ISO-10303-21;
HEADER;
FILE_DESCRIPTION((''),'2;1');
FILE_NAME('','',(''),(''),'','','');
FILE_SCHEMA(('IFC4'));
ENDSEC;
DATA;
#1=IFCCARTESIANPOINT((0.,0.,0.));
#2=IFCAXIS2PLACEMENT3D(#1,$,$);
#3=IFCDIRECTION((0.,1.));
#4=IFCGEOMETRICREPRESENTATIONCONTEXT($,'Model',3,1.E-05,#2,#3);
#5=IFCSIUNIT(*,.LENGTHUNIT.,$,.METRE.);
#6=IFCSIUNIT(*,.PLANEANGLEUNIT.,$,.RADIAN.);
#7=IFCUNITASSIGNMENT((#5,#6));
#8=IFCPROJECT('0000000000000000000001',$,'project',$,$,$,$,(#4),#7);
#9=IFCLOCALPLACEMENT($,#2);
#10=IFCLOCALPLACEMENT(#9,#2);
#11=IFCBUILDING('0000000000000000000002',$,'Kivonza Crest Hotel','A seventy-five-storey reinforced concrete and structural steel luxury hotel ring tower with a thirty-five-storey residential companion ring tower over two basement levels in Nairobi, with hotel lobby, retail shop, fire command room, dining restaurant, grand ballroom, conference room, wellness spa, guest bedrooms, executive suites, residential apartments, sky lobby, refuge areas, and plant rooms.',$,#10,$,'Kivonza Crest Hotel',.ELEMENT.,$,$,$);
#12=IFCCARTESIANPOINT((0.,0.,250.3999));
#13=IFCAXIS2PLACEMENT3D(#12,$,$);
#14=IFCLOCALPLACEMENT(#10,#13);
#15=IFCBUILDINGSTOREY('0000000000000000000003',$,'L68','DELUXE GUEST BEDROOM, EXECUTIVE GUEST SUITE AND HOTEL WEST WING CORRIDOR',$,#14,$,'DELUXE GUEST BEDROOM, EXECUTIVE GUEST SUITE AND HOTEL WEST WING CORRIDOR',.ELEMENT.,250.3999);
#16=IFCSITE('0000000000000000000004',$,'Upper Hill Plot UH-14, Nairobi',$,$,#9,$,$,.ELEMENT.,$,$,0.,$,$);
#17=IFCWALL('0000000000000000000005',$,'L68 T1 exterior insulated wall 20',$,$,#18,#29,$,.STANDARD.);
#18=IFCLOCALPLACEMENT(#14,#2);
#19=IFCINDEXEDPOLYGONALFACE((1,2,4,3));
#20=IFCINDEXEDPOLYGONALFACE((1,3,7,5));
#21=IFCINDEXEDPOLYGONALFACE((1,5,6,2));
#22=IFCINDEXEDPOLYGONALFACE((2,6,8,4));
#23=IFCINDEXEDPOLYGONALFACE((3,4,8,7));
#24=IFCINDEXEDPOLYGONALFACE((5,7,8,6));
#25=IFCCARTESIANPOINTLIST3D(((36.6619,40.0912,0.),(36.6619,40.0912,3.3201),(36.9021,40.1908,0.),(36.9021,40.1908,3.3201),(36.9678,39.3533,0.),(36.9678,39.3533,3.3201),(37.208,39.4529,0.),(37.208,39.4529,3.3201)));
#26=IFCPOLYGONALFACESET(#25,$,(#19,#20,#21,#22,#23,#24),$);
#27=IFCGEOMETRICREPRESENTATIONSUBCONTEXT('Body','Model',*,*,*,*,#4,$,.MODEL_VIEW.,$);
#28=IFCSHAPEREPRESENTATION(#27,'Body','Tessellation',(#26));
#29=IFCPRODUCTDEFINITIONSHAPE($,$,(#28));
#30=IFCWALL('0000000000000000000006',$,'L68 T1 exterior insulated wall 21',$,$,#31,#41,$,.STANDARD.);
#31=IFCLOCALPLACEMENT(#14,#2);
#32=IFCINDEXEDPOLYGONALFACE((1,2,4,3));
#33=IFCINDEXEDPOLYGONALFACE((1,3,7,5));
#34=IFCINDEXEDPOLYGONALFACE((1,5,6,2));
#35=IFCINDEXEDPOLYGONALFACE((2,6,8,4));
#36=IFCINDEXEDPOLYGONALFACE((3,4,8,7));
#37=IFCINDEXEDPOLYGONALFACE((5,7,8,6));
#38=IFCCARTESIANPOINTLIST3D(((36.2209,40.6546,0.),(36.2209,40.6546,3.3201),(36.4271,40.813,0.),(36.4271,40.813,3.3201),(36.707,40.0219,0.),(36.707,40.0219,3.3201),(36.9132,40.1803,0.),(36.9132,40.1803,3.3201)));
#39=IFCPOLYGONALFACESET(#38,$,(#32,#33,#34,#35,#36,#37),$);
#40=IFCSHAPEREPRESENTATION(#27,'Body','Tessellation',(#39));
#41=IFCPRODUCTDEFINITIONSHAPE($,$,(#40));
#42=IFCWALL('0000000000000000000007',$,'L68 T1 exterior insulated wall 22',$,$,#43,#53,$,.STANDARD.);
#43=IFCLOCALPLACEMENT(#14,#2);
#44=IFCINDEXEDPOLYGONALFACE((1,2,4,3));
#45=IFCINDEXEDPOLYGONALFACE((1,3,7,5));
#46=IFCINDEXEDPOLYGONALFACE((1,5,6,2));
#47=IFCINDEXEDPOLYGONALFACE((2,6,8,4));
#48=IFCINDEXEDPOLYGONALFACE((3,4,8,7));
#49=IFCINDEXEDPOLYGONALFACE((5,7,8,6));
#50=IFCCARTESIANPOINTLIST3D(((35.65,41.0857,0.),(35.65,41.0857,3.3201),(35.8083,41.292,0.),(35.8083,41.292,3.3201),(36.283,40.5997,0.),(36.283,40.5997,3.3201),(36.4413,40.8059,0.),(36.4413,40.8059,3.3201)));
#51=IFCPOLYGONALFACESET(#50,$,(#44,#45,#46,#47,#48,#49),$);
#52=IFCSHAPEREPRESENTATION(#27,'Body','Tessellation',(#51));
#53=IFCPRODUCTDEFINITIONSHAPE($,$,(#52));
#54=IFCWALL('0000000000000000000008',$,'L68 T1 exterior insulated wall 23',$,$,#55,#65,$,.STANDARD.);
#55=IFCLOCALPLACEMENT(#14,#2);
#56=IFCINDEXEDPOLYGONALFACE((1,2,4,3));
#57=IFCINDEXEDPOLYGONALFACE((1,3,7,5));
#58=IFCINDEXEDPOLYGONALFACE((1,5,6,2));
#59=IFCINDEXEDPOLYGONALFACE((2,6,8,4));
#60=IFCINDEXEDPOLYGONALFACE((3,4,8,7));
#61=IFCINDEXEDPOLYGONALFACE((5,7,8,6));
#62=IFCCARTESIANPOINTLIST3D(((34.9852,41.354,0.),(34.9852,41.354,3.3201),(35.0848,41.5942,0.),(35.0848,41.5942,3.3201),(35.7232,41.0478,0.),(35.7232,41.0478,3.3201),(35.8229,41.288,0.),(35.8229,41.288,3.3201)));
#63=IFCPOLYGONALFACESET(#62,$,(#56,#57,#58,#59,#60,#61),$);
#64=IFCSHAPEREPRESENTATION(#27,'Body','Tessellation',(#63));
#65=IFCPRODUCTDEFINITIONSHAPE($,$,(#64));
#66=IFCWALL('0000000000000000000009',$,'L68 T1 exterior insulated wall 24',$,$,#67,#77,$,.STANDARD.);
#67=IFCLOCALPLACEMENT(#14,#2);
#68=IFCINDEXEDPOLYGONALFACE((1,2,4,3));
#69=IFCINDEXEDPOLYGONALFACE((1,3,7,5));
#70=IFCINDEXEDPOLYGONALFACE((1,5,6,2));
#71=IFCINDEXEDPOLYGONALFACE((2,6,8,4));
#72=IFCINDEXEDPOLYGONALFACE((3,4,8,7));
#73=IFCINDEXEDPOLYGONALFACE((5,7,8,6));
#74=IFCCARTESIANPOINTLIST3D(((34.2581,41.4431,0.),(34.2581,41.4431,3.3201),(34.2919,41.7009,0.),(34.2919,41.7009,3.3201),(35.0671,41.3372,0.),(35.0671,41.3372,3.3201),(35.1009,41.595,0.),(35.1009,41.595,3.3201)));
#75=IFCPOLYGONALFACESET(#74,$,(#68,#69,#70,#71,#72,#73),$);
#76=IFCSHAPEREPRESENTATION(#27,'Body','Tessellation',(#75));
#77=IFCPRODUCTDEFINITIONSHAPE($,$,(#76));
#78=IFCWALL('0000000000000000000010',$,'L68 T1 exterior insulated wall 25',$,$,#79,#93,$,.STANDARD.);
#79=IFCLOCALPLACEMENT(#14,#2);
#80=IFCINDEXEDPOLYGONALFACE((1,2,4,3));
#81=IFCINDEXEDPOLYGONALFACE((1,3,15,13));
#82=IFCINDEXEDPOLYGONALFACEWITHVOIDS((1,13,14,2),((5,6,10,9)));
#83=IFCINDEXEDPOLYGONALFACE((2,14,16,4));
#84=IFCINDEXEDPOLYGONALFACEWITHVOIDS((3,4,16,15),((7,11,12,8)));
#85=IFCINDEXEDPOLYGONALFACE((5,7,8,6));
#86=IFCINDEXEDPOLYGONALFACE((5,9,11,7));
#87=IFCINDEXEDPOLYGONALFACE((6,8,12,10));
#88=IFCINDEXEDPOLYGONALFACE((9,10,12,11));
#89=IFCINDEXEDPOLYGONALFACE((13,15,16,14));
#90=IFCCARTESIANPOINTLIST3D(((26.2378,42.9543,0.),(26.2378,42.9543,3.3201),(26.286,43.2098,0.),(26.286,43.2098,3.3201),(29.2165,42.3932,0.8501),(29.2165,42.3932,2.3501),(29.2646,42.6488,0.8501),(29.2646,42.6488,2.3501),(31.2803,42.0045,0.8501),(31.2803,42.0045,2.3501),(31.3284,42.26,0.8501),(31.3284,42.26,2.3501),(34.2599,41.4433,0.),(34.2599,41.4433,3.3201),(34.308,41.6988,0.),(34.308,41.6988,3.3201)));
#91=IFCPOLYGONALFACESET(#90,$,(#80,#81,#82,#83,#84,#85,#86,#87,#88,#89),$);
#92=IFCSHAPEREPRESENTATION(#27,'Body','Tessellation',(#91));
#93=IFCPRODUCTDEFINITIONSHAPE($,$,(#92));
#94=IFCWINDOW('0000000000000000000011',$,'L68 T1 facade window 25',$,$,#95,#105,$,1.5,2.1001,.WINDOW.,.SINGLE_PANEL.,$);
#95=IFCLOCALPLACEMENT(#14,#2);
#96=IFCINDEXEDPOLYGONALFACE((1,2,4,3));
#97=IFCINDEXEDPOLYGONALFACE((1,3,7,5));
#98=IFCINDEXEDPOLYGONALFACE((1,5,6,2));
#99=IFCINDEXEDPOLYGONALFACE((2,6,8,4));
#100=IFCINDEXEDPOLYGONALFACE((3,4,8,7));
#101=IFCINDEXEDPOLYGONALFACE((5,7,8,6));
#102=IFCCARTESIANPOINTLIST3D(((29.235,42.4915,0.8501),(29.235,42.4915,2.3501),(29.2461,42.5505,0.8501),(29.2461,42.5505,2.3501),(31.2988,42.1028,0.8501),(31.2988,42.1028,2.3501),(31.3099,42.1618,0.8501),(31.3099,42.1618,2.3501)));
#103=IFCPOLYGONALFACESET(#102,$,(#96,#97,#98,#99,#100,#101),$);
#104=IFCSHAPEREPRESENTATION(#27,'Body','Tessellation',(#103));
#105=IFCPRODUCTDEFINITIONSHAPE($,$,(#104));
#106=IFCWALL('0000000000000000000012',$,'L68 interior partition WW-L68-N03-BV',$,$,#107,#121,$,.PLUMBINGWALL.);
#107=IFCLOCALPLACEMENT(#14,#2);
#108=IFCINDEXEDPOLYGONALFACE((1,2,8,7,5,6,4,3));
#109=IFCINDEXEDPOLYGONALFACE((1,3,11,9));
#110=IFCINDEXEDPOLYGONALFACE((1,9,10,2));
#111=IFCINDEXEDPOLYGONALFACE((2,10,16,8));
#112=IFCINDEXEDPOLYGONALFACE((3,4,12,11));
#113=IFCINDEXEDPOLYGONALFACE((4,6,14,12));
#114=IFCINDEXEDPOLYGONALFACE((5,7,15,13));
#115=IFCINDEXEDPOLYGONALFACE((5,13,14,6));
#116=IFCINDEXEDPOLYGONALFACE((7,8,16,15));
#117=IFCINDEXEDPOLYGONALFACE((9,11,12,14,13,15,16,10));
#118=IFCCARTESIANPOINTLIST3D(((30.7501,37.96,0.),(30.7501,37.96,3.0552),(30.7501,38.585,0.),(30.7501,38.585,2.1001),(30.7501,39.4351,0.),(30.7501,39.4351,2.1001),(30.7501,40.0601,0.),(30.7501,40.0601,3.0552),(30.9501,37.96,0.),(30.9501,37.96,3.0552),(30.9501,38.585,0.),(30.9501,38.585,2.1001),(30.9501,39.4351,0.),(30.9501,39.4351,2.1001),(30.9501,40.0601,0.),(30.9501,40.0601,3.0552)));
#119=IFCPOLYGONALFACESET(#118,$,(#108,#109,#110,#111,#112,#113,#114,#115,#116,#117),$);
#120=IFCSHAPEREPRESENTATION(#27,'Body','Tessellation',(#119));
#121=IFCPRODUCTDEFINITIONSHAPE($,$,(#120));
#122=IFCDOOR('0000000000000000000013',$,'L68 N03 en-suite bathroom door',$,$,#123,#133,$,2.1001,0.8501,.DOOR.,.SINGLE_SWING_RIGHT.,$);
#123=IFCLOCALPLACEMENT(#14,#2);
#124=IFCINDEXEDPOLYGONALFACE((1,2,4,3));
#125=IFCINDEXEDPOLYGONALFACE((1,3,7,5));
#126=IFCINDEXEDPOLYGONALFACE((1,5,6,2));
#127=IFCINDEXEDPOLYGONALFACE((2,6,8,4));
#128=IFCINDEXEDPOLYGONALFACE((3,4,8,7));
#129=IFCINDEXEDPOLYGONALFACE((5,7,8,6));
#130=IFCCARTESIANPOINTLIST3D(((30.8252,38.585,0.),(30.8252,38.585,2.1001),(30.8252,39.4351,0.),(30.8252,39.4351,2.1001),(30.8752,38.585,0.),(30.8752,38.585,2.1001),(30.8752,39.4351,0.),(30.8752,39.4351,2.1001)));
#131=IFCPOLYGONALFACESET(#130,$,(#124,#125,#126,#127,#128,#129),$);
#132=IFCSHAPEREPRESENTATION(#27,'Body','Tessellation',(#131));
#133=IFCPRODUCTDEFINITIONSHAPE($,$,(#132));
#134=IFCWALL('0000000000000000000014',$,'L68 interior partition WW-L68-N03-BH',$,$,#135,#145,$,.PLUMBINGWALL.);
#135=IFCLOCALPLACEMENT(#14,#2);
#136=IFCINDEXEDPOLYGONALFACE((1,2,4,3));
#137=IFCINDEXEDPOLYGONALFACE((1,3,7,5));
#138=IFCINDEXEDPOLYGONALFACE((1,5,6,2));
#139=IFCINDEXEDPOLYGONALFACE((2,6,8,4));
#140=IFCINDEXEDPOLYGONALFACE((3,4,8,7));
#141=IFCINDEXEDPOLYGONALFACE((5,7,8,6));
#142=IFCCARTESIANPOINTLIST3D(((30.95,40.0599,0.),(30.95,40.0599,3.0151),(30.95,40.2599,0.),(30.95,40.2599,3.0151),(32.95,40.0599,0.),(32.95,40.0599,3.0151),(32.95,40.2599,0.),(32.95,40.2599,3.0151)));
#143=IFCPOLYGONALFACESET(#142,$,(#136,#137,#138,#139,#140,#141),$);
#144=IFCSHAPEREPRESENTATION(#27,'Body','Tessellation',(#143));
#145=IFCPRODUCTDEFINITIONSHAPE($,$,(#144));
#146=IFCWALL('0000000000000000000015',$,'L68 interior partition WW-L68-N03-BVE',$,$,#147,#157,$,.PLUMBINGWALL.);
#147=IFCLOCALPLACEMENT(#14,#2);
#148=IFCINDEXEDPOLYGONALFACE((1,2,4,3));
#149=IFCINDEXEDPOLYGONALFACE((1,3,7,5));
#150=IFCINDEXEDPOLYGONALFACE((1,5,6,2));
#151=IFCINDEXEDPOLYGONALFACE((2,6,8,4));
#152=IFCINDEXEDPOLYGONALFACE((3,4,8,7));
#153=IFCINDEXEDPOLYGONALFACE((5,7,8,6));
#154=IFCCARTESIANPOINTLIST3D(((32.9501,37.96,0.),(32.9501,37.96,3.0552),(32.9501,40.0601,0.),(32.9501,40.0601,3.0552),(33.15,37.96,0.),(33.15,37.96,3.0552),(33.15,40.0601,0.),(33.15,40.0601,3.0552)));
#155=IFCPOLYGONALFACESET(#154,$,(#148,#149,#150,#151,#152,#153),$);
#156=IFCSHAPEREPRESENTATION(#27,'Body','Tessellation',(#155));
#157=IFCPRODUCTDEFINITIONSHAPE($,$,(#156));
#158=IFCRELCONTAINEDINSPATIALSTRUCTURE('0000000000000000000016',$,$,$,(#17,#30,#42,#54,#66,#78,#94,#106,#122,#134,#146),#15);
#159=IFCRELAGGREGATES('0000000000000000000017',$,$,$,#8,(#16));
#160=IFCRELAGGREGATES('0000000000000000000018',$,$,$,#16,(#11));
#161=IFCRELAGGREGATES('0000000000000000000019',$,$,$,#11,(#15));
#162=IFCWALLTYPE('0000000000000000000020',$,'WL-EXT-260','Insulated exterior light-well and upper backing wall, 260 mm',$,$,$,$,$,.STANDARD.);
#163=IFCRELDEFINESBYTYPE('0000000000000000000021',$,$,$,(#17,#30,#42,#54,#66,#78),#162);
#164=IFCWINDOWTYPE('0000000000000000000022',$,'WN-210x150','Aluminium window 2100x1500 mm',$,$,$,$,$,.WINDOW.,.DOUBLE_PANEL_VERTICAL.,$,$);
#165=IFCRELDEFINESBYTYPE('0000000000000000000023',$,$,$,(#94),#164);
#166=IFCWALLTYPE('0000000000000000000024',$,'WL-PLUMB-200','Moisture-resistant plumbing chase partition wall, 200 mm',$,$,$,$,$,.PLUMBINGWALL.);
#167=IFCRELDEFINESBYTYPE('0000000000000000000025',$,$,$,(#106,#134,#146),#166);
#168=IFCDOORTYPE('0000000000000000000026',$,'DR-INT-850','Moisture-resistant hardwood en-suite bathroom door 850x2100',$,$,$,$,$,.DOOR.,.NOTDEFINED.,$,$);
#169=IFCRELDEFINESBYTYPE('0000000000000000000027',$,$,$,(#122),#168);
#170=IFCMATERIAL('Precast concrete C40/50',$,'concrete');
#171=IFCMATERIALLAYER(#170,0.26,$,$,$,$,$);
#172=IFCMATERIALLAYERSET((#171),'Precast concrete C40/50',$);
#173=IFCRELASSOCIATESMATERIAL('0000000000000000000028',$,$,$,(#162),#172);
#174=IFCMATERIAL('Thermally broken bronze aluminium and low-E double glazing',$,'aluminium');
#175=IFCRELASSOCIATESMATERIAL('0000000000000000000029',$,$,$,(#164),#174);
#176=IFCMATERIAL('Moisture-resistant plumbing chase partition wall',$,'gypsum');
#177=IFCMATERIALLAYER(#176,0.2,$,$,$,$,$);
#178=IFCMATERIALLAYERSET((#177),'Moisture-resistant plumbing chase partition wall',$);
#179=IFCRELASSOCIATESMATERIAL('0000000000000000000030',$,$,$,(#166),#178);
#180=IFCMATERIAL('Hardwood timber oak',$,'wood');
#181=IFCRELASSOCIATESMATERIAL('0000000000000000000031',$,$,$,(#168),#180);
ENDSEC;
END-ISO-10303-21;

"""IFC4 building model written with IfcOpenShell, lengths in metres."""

from ifc_helpers import new_model, si_unit, direction, frame, frame_2d, origin, place, context, subcontext, project, spatial, rectangle, extrude, material, layer, layer_set, type_object, element, fill, save


model = new_model("IFC4")

# Units and contexts
model_context = context("Model", 3, precision=1e-05, world=origin(), true_north=direction((0.0, 1.0)))
body_context = subcontext(model_context, "Body", "Model", "MODEL_VIEW")
ifc_project = project(units=[si_unit("LENGTHUNIT", "METRE"), si_unit("PLANEANGLEUNIT", "RADIAN")], contexts=[model_context])

# Site, building, storey
site_placement = place(None, origin())
site = spatial("IfcSite", under=ifc_project, at=site_placement, Name="Upper Hill Plot UH-14, Nairobi", CompositionType="ELEMENT", RefElevation=0.0)
building_placement = place(site_placement, origin())
building = spatial("IfcBuilding", under=site, at=building_placement, Name="Kivonza Crest Hotel", Description="A seventy-five-storey reinforced concrete and structural steel luxury hotel ring tower with a thirty-five-storey residential companion ring tower over two basement levels in Nairobi, with hotel lobby, retail shop, fire command room, dining restaurant, grand ballroom, conference room, wellness spa, guest bedrooms, executive suites, residential apartments, sky lobby, refuge areas, and plant rooms.", LongName="Kivonza Crest Hotel", CompositionType="ELEMENT")
storey_placement = place(building_placement, frame((0.0, 0.0, 250.3999)))
storey = spatial("IfcBuildingStorey", under=building, at=storey_placement, Name="L68", Description="DELUXE GUEST BEDROOM, EXECUTIVE GUEST SUITE AND HOTEL WEST WING CORRIDOR", LongName="DELUXE GUEST BEDROOM, EXECUTIVE GUEST SUITE AND HOTEL WEST WING CORRIDOR", CompositionType="ELEMENT", Elevation=250.3999)

# Shared definitions
ifc_material_1 = material(Name="Hardwood timber oak", Category="wood")

# Walls
ifc_material_2 = material(Name="Precast concrete C40/50", Category="concrete")
ifc_layer_1 = layer(ifc_material_2, 0.26)
ifc_layer_set_1 = layer_set([ifc_layer_1], Name="Precast concrete C40/50")
wall_type_1 = type_object("IfcWallType", Name="WL-EXT-260", Description="Insulated exterior light-well and upper backing wall, 260 mm", PredefinedType="STANDARD", material=ifc_layer_set_1)
wall_1_placement = place(storey_placement, frame((37.0879, 39.4031, 0.0), z_axis=(0.0, 0.0, 1.0), x_axis=(-0.382901, 0.92379, 0.0)))
element("IfcWall", 1, at=wall_1_placement, inside=storey, type_object=wall_type_1, Name="L68 T1 exterior insulated wall 20", PredefinedType="STANDARD", context=body_context, shape_type="SweptSolid", body=[
    extrude(rectangle(XDim=0.7988, YDim=0.26, at=frame_2d((0.3994, 0.0))), origin(), (0.0, 0.0, 1.0), 3.3201),
])
wall_2_placement = place(storey_placement, frame((36.8101, 40.1011, 0.0), z_axis=(0.0, 0.0, 1.0), x_axis=(-0.609164, 0.793045, 0.0)))
element("IfcWall", 2, at=wall_2_placement, inside=storey, type_object=wall_type_1, Name="L68 T1 exterior insulated wall 21", PredefinedType="STANDARD", context=body_context, shape_type="SweptSolid", body=[
    extrude(rectangle(XDim=0.7979, YDim=0.26, at=frame_2d((0.3989, 0.0))), origin(), (0.0, 0.0, 1.0), 3.3201),
])
wall_3_placement = place(storey_placement, frame((36.3621, 40.7029, 0.0), z_axis=(0.0, 0.0, 1.0), x_axis=(-0.793158, 0.609016, 0.0)))
element("IfcWall", 3, at=wall_3_placement, inside=storey, type_object=wall_type_1, Name="L68 T1 exterior insulated wall 22", PredefinedType="STANDARD", context=body_context, shape_type="SweptSolid", body=[
    extrude(rectangle(XDim=0.7981, YDim=0.26, at=frame_2d((0.3989, 0.0))), origin(), (0.0, 0.0, 1.0), 3.3201),
])
wall_4_placement = place(storey_placement, frame((35.7729, 41.168, 0.0), z_axis=(0.0, 0.0, 1.0), x_axis=(-0.923681, 0.383161, 0.0)))
element("IfcWall", 4, at=wall_4_placement, inside=storey, type_object=wall_type_1, Name="L68 T1 exterior insulated wall 23", PredefinedType="STANDARD", context=body_context, shape_type="SweptSolid", body=[
    extrude(rectangle(XDim=0.7991, YDim=0.26, at=frame_2d((0.3994, 0.0))), origin(), (0.0, 0.0, 1.0), 3.3201),
])
wall_5_placement = place(storey_placement, frame((35.084, 41.4661, 0.0), z_axis=(0.0, 0.0, 1.0), x_axis=(-0.991534, 0.129851, 0.0)))
element("IfcWall", 5, at=wall_5_placement, inside=storey, type_object=wall_type_1, Name="L68 T1 exterior insulated wall 24", PredefinedType="STANDARD", context=body_context, shape_type="SweptSolid", body=[
    extrude(rectangle(XDim=0.8159, YDim=0.26, at=frame_2d((0.408, 0.0))), origin(), (0.0, 0.0, 1.0), 3.3201),
])

# Wall, opening, window
wall_6_placement = place(storey_placement, frame((34.2839, 41.571, 0.0), z_axis=(0.0, 0.0, 1.0), x_axis=(-0.982719, 0.185101, 0.0)))
wall_6 = element("IfcWall", 6, at=wall_6_placement, inside=storey, type_object=wall_type_1, Name="L68 T1 exterior insulated wall 25", PredefinedType="STANDARD", context=body_context, shape_type="SweptSolid", body=[
    extrude(rectangle(XDim=8.1631, YDim=0.26, at=frame_2d((4.0815, 0.0))), origin(), (0.0, 0.0, 1.0), 3.3201),
])
opening_1_placement = place(wall_6_placement, frame((3.032, 0.0, 0.8501)))
opening_1 = element("IfcOpeningElement", 7, at=opening_1_placement, cuts=wall_6, PredefinedType="OPENING", context=body_context, shape_type="SweptSolid", body=[
    extrude(rectangle(XDim=2.1001, YDim=1.5, at=frame_2d((1.05, 0.75))), frame((0.0, 0.1401, 0.0), z_axis=(0.0, -1.0, 0.0), x_axis=(1.0, 0.0, 0.0)), (0.0, 0.0, 1.0), 0.28),
])
ifc_material_3 = material(Name="Thermally broken bronze aluminium and low-E double glazing", Category="aluminium")
window_type = type_object("IfcWindowType", Name="WN-210x150", Description="Aluminium window 2100x1500 mm", PartitioningType="DOUBLE_PANEL_VERTICAL", PredefinedType="WINDOW", material=ifc_material_3)
window_placement = place(opening_1_placement, origin())
window = element("IfcWindow", 8, at=window_placement, inside=storey, type_object=window_type, Name="L68 T1 facade window 25", OverallHeight=1.5, OverallWidth=2.1001, PartitioningType="SINGLE_PANEL", PredefinedType="WINDOW", context=body_context, shape_type="SweptSolid", body=[
    extrude(rectangle(XDim=2.1001, YDim=1.5, at=frame_2d((1.05, 0.75))), frame((0.0, 0.03, 0.0), z_axis=(0.0, -1.0, 0.0), x_axis=(1.0, 0.0, 0.0)), (0.0, 0.0, 1.0), 0.0601),
])
fill(opening_1, window)

# Wall, opening, door
ifc_material_4 = material(Name="Moisture-resistant plumbing chase partition wall", Category="gypsum")
ifc_layer_2 = layer(ifc_material_4, 0.2)
ifc_layer_set_2 = layer_set([ifc_layer_2], Name="Moisture-resistant plumbing chase partition wall")
wall_type_2 = type_object("IfcWallType", Name="WL-PLUMB-200", Description="Moisture-resistant plumbing chase partition wall, 200 mm", PredefinedType="PLUMBINGWALL", material=ifc_layer_set_2)
wall_7_placement = place(storey_placement, frame((30.8501, 37.96, 0.0), z_axis=(0.0, 0.0, 1.0), x_axis=(0.0, 1.0, 0.0)))
wall_7 = element("IfcWall", 9, at=wall_7_placement, inside=storey, type_object=wall_type_2, Name="L68 interior partition WW-L68-N03-BV", PredefinedType="PLUMBINGWALL", context=body_context, shape_type="SweptSolid", body=[
    extrude(rectangle(XDim=2.1001, YDim=0.2, at=frame_2d((1.05, 0.0))), origin(), (0.0, 0.0, 1.0), 3.0552),
])
opening_2_placement = place(wall_7_placement, frame((0.625, 0.0, 0.0)))
opening_2 = element("IfcOpeningElement", 10, at=opening_2_placement, cuts=wall_7, PredefinedType="OPENING", context=body_context, shape_type="SweptSolid", body=[
    extrude(rectangle(XDim=0.8501, YDim=2.1001, at=frame_2d((0.425, 1.05))), frame((0.0, 0.1099, 0.0), z_axis=(0.0, -1.0, 0.0), x_axis=(1.0, 0.0, 0.0)), (0.0, 0.0, 1.0), 0.22),
])
door_type_1 = type_object("IfcDoorType", Name="DR-INT-850", Description="Moisture-resistant hardwood en-suite bathroom door 850x2100", OperationType="NOTDEFINED", PredefinedType="DOOR", material=ifc_material_1)
door_1_placement = place(opening_2_placement, origin())
door_1 = element("IfcDoor", 11, at=door_1_placement, inside=storey, type_object=door_type_1, Name="L68 N03 en-suite bathroom door", OperationType="SINGLE_SWING_RIGHT", OverallHeight=2.1001, OverallWidth=0.8501, PredefinedType="DOOR", context=body_context, shape_type="SweptSolid", body=[
    extrude(rectangle(XDim=0.8501, YDim=2.1001, at=frame_2d((0.425, 1.05))), frame((0.0, 0.0249, 0.0), z_axis=(0.0, -1.0, 0.0), x_axis=(1.0, 0.0, 0.0)), (0.0, 0.0, 1.0), 0.05),
])
fill(opening_2, door_1)

# Walls
wall_8_placement = place(storey_placement, frame((30.95, 40.1599, 0.0), z_axis=(0.0, 0.0, 1.0), x_axis=(1.0, 0.0, 0.0)))
element("IfcWall", 12, at=wall_8_placement, inside=storey, type_object=wall_type_2, Name="L68 interior partition WW-L68-N03-BH", PredefinedType="PLUMBINGWALL", context=body_context, shape_type="SweptSolid", body=[
    extrude(rectangle(XDim=2.0, YDim=0.2, at=frame_2d((1.0, 0.0))), origin(), (0.0, 0.0, 1.0), 3.0151),
])
wall_9_placement = place(storey_placement, frame((33.05, 37.96, 0.0), z_axis=(0.0, 0.0, 1.0), x_axis=(0.0, 1.0, 0.0)))
element("IfcWall", 13, at=wall_9_placement, inside=storey, type_object=wall_type_2, Name="L68 interior partition WW-L68-N03-BVE", PredefinedType="PLUMBINGWALL", context=body_context, shape_type="SweptSolid", body=[
    extrude(rectangle(XDim=2.1001, YDim=0.2, at=frame_2d((1.05, 0.0))), origin(), (0.0, 0.0, 1.0), 3.0552),
])

save(model, "model.ifc")
